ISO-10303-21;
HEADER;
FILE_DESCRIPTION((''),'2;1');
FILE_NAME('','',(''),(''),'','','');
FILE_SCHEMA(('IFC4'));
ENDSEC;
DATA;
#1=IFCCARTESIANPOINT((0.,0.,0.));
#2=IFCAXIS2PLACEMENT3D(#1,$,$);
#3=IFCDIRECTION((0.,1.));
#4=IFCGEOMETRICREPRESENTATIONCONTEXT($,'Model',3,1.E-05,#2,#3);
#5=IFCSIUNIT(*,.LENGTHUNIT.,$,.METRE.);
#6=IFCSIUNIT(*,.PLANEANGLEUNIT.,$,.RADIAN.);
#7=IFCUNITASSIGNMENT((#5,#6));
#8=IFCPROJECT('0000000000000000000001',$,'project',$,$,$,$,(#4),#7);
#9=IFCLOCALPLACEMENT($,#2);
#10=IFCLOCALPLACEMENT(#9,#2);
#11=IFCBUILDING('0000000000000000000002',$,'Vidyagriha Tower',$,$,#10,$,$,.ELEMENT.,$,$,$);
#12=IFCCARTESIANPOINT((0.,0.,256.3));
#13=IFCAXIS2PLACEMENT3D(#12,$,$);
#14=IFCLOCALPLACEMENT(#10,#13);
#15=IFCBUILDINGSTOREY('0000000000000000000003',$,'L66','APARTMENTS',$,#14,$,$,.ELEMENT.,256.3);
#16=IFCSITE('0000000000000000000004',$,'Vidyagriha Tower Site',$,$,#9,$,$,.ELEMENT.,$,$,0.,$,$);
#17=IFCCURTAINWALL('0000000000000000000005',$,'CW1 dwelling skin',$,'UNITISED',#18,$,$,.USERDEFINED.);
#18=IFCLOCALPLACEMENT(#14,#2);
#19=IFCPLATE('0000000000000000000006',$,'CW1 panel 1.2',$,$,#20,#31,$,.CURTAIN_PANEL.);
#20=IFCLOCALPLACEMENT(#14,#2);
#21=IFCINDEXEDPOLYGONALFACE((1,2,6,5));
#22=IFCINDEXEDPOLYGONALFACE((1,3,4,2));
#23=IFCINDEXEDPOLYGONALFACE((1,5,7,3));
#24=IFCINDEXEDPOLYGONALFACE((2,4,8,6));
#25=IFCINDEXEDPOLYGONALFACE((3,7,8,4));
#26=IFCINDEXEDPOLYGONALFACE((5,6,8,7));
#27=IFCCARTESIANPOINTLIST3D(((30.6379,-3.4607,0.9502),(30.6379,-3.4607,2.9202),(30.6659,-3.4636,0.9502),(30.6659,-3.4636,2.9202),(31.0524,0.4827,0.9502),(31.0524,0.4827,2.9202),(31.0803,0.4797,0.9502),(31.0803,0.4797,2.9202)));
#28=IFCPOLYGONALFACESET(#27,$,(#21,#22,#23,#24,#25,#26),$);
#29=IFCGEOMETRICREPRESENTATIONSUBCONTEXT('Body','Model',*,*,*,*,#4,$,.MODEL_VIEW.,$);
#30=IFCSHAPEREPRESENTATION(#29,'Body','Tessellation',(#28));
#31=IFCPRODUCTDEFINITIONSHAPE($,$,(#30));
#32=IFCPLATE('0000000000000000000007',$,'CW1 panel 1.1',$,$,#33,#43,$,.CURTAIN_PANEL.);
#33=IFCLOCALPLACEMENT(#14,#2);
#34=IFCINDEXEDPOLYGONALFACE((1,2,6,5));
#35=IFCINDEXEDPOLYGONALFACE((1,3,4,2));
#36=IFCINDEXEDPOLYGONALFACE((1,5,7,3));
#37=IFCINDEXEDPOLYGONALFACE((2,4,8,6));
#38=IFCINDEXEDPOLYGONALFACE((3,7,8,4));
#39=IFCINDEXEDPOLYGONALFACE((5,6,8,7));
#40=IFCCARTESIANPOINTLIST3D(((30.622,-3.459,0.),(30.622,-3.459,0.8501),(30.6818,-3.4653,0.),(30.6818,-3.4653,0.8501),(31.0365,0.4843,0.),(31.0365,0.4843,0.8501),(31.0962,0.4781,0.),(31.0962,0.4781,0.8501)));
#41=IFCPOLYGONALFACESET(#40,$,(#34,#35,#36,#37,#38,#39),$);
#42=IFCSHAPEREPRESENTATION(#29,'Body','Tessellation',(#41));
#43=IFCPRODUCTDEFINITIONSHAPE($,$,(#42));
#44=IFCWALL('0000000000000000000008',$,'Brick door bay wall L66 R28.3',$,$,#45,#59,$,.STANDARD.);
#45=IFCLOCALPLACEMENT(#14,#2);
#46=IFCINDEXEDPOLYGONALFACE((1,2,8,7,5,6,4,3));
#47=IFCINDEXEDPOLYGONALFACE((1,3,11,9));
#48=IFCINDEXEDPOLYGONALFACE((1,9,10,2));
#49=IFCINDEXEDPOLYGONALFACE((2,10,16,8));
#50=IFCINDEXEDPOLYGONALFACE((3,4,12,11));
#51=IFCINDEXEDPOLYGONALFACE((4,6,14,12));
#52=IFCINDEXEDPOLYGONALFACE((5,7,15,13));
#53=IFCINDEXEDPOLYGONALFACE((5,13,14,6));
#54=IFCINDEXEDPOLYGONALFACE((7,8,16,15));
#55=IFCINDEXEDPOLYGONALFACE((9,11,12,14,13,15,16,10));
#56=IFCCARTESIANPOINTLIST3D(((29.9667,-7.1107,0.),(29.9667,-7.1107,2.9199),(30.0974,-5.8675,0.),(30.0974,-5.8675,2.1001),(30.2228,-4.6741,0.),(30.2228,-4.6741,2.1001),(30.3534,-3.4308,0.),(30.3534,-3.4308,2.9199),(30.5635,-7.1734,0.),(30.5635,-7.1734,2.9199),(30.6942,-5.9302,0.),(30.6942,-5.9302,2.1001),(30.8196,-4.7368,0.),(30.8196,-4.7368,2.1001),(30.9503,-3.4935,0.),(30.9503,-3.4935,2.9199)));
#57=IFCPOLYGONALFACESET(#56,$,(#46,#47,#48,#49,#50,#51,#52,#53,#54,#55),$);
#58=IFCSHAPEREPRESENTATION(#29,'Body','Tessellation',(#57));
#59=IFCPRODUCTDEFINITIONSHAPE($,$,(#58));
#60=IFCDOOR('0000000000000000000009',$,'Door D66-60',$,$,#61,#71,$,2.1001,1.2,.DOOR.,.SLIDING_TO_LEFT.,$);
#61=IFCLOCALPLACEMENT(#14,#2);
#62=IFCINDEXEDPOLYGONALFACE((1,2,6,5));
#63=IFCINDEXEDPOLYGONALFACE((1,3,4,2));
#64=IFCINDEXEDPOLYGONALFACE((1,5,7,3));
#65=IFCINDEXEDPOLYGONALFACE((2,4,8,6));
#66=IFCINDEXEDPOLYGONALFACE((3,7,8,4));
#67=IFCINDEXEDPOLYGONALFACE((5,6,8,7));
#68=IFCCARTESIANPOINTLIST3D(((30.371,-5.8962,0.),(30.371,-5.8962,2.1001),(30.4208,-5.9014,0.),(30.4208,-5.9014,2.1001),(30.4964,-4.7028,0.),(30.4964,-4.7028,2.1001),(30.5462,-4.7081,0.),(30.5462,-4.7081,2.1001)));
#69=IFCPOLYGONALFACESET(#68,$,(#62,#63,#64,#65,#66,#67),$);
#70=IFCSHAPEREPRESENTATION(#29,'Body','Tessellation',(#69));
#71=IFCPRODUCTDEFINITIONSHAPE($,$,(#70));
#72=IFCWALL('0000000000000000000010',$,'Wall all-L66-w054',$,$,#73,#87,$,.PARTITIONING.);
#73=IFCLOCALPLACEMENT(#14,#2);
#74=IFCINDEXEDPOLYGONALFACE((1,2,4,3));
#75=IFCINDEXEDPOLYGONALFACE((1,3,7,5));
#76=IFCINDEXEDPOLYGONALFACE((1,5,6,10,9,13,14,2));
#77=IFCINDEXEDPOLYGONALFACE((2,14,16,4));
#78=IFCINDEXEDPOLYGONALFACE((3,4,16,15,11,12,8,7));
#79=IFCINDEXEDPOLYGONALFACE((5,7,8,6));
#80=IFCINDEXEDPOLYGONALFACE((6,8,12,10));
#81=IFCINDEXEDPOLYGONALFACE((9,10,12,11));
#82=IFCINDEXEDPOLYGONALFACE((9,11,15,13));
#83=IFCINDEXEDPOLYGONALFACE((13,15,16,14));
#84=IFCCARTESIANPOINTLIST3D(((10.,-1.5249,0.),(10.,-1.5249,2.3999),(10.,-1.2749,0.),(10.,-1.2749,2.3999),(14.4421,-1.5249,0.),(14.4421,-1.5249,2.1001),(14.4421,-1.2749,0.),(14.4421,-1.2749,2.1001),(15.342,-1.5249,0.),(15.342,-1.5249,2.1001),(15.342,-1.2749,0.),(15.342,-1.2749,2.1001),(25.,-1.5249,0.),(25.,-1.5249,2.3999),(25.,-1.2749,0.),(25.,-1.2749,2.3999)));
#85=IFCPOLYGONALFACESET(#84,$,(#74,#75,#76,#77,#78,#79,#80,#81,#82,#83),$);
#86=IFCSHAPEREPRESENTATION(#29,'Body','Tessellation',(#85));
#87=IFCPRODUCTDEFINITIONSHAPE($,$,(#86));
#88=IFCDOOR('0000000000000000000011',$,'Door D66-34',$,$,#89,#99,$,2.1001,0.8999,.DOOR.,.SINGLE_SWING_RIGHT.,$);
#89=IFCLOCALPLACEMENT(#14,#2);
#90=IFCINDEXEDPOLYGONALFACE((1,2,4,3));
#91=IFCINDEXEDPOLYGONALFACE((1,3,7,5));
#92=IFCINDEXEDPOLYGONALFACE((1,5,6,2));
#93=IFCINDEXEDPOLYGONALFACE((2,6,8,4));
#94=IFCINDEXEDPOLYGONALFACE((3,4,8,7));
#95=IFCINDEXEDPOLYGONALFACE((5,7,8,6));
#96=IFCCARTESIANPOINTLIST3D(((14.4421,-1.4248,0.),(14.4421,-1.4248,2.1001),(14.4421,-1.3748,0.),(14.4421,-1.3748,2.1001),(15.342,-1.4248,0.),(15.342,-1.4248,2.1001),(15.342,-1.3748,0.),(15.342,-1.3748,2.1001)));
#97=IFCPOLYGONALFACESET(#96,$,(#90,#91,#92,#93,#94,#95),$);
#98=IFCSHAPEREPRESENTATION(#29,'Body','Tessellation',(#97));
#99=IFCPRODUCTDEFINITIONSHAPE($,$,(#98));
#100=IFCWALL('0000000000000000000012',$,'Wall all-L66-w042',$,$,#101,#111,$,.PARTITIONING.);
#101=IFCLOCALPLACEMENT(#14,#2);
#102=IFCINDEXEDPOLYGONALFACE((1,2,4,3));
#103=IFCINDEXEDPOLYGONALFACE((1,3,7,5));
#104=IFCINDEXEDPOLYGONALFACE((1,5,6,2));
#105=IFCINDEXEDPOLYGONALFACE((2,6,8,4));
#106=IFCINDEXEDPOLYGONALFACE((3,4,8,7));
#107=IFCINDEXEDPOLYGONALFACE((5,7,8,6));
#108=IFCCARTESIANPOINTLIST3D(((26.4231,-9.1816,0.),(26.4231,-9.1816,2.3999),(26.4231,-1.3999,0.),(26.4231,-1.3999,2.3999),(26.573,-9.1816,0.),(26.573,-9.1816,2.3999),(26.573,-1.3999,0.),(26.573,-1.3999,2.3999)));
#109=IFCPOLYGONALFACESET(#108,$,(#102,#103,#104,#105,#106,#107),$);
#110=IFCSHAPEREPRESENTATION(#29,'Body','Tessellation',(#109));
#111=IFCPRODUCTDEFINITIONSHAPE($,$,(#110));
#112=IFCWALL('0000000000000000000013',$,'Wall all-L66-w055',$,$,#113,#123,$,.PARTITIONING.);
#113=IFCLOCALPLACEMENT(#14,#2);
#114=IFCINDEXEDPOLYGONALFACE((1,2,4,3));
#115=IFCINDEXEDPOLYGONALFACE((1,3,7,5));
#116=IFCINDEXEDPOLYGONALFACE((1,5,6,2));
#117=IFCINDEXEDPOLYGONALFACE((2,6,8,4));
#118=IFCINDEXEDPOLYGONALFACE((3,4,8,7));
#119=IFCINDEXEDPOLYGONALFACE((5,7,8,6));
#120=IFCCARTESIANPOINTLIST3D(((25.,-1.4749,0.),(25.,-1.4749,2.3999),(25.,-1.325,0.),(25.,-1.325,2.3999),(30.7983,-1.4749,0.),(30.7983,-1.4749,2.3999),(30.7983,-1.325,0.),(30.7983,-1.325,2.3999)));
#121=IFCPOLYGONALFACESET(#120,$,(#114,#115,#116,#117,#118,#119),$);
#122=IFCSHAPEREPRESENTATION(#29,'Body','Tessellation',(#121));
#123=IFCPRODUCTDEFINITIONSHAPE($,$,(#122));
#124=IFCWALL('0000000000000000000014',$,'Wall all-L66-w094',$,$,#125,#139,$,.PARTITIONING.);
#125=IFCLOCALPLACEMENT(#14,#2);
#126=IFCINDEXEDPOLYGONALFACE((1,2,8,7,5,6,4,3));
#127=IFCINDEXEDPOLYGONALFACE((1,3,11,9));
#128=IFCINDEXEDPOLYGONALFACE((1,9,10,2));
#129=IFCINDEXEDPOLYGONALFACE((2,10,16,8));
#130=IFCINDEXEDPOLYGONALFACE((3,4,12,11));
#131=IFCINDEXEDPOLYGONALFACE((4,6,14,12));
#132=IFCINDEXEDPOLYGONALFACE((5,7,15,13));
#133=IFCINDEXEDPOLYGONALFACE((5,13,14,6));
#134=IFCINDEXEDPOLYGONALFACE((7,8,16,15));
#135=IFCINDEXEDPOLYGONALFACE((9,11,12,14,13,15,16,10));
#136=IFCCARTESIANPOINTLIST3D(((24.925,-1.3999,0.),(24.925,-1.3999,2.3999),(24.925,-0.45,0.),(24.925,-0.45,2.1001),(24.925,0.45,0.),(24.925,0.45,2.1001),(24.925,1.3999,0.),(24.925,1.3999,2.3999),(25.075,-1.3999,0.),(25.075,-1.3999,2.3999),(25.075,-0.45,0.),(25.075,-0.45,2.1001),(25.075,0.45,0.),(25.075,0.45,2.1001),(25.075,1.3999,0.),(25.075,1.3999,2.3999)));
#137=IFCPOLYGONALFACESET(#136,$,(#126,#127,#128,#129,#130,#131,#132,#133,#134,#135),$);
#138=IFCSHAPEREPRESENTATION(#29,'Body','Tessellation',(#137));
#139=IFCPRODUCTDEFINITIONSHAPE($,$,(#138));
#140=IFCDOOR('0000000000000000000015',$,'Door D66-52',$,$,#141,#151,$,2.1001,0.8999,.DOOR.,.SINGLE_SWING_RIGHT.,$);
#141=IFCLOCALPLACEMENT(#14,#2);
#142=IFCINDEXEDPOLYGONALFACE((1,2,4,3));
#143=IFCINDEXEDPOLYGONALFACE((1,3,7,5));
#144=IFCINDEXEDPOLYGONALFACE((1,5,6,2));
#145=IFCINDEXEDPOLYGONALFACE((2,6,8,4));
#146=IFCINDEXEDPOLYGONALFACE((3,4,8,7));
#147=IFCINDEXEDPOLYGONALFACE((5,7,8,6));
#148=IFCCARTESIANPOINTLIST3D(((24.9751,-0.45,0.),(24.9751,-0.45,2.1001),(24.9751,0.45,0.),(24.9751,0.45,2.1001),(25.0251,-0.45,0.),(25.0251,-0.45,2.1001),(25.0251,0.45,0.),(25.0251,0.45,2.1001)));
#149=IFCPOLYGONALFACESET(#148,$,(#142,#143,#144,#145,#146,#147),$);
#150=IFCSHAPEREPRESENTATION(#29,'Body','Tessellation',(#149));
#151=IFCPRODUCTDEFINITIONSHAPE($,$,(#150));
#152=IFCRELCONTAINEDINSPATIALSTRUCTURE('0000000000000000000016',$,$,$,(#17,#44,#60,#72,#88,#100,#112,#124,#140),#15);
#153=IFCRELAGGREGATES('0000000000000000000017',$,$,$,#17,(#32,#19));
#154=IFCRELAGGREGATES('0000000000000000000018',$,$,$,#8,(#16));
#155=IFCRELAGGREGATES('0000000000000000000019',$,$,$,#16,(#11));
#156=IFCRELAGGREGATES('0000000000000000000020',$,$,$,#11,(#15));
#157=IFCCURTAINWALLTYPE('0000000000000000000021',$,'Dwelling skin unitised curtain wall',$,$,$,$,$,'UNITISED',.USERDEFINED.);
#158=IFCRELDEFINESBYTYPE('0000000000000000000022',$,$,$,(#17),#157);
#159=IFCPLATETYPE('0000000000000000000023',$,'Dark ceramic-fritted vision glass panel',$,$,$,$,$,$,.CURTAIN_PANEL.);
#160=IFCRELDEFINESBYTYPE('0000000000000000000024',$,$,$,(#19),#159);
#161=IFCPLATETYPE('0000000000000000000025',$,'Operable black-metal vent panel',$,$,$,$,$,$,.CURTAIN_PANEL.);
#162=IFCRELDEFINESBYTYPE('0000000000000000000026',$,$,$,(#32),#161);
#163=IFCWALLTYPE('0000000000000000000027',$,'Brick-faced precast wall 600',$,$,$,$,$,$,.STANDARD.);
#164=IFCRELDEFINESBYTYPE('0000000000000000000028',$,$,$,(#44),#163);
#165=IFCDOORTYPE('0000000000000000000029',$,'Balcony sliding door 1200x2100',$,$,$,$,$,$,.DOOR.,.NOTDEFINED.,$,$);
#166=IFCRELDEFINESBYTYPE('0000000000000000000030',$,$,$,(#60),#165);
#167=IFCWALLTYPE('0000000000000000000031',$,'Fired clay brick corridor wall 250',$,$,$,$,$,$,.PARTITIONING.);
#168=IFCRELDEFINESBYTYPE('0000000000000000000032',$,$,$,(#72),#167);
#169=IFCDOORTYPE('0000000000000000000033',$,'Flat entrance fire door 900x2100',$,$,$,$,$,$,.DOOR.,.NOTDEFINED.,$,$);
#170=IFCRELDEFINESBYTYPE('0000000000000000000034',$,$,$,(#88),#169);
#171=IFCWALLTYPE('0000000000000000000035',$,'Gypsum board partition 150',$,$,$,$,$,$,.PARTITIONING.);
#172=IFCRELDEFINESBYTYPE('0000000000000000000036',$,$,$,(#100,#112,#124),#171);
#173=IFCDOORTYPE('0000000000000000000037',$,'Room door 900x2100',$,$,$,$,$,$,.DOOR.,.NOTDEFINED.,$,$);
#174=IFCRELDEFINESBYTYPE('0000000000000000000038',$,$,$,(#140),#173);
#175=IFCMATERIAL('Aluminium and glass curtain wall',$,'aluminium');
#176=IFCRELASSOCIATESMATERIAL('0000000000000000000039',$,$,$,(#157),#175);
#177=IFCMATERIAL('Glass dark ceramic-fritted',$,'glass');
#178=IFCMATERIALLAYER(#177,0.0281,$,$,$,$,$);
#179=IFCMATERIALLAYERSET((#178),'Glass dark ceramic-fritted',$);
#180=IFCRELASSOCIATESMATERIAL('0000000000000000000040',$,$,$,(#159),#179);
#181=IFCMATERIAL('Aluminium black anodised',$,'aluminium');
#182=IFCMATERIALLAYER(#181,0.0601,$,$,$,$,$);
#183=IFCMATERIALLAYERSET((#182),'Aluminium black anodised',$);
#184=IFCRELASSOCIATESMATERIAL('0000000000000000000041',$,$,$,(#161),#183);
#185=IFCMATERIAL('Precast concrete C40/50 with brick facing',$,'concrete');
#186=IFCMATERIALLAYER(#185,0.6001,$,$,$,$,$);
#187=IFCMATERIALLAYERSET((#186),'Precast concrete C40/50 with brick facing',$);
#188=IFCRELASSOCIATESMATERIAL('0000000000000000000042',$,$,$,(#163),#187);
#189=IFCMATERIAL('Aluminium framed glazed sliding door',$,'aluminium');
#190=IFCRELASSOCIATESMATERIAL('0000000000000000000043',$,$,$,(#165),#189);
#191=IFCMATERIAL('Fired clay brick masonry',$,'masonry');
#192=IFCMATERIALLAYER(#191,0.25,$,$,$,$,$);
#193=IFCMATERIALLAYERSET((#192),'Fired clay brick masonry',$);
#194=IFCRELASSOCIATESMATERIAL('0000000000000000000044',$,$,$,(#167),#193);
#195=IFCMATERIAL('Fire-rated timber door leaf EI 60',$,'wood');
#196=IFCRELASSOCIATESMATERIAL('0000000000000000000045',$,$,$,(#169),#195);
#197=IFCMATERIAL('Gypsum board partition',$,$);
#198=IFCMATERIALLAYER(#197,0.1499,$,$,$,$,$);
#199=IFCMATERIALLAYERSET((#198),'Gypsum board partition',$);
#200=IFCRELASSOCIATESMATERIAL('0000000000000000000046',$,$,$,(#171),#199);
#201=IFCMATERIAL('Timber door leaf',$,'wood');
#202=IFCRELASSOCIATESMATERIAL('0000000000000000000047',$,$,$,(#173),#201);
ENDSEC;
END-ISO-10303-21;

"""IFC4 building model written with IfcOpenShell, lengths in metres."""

from ifc_helpers import new_model, si_unit, direction, frame, frame_2d, origin, origin_2d, place, context, subcontext, project, spatial, rectangle, extrude, material, layer, layer_set, type_object, element, fill, aggregate, save


model = new_model("IFC4")

# Units and contexts
model_context = context("Model", 3, precision=1e-05, world=origin(), true_north=direction((0.0, 1.0)))
body_context = subcontext(model_context, "Body", "Model", "MODEL_VIEW")
ifc_project = project(units=[si_unit("LENGTHUNIT", "METRE"), si_unit("PLANEANGLEUNIT", "RADIAN")], contexts=[model_context])

# Site, building, storey
site_placement = place(None, origin())
site = spatial("IfcSite", under=ifc_project, at=site_placement, Name="Vidyagriha Tower Site", CompositionType="ELEMENT", RefElevation=0.0)
building_placement = place(site_placement, origin())
building = spatial("IfcBuilding", under=site, at=building_placement, Name="Vidyagriha Tower", CompositionType="ELEMENT")
storey_placement = place(building_placement, frame((0.0, 0.0, 256.3)))
storey = spatial("IfcBuildingStorey", under=building, at=storey_placement, Name="L66", Description="APARTMENTS", CompositionType="ELEMENT", Elevation=256.3)

# Curtain wall
ifc_material_1 = material(Name="Aluminium and glass curtain wall", Category="aluminium")
curtain_wall_type = type_object("IfcCurtainWallType", Name="Dwelling skin unitised curtain wall", ElementType="UNITISED", PredefinedType="USERDEFINED", material=ifc_material_1)
curtain_wall_1_placement = place(storey_placement, origin())
curtain_wall_1 = element("IfcCurtainWall", 1, at=curtain_wall_1_placement, inside=storey, type_object=curtain_wall_type, Name="CW1 dwelling skin", ObjectType="UNITISED", PredefinedType="USERDEFINED")

# Shared definitions
ifc_material_2 = material(Name="Glass dark ceramic-fritted", Category="glass")
ifc_layer_1 = layer(ifc_material_2, 0.0281)
ifc_layer_set_1 = layer_set([ifc_layer_1], Name="Glass dark ceramic-fritted")
plate_type_1 = type_object("IfcPlateType", Name="Dark ceramic-fritted vision glass panel", PredefinedType="CURTAIN_PANEL", material=ifc_layer_set_1)

# Plates
plate_1_placement = place(storey_placement, frame((30.8591, -1.4905, 0.9502), z_axis=(0.0, 0.0, 1.0), x_axis=(0.10453, 0.994522, 0.0)))
plate_1 = element("IfcPlate", 2, at=plate_1_placement, type_object=plate_type_1, Name="CW1 panel 1.2", PredefinedType="CURTAIN_PANEL", context=body_context, shape_type="SweptSolid", body=[
    extrude(rectangle(XDim=3.9651, YDim=0.0281, at=origin_2d()), origin(), (0.0, 0.0, 1.0), 1.97),
])
ifc_material_3 = material(Name="Aluminium black anodised", Category="aluminium")
ifc_layer_2 = layer(ifc_material_3, 0.0601)
ifc_layer_set_2 = layer_set([ifc_layer_2], Name="Aluminium black anodised")
plate_type_2 = type_object("IfcPlateType", Name="Operable black-metal vent panel", PredefinedType="CURTAIN_PANEL", material=ifc_layer_set_2)
plate_2_placement = place(storey_placement, frame((30.8591, -1.4905, 0.0), z_axis=(0.0, 0.0, 1.0), x_axis=(0.10453, 0.994522, 0.0)))
plate_2 = element("IfcPlate", 3, at=plate_2_placement, type_object=plate_type_2, Name="CW1 panel 1.1", PredefinedType="CURTAIN_PANEL", context=body_context, shape_type="SweptSolid", body=[
    extrude(rectangle(XDim=3.9651, YDim=0.0601, at=origin_2d()), origin(), (0.0, 0.0, 1.0), 0.8501),
])
aggregate(curtain_wall_1, [plate_2, plate_1])

# Walls, openings, doors
ifc_material_4 = material(Name="Precast concrete C40/50 with brick facing", Category="concrete")
ifc_layer_3 = layer(ifc_material_4, 0.6001)
ifc_layer_set_3 = layer_set([ifc_layer_3], Name="Precast concrete C40/50 with brick facing")
wall_type_1 = type_object("IfcWallType", Name="Brick-faced precast wall 600", PredefinedType="STANDARD", material=ifc_layer_set_3)
wall_1_placement = place(storey_placement, frame((30.2651, -7.1421, 0.0), z_axis=(0.0, 0.0, 1.0), x_axis=(0.104513, 0.994524, 0.0)))
wall_1 = element("IfcWall", 4, at=wall_1_placement, inside=storey, type_object=wall_type_1, Name="Brick door bay wall L66 R28.3", PredefinedType="STANDARD", context=body_context, shape_type="SweptSolid", body=[
    extrude(rectangle(XDim=3.7002, YDim=0.6001, at=frame_2d((1.8501, 0.0))), origin(), (0.0, 0.0, 1.0), 2.9199),
])
opening_1_placement = place(wall_1_placement, frame((1.25, 0.0, 0.0)))
opening_1 = element("IfcOpeningElement", 5, at=opening_1_placement, cuts=wall_1, PredefinedType="OPENING", context=body_context, shape_type="SweptSolid", body=[
    extrude(rectangle(XDim=1.2, YDim=2.1001, at=frame_2d((0.6001, 1.05))), frame((0.0, 0.3101, 0.0), z_axis=(0.0, -1.0, 0.0), x_axis=(1.0, 0.0, 0.0)), (0.0, 0.0, 1.0), 0.6201),
])
ifc_material_5 = material(Name="Aluminium framed glazed sliding door", Category="aluminium")
door_type_1 = type_object("IfcDoorType", Name="Balcony sliding door 1200x2100", OperationType="NOTDEFINED", PredefinedType="DOOR", material=ifc_material_5)
door_1_placement = place(opening_1_placement, origin())
door_1 = element("IfcDoor", 6, at=door_1_placement, inside=storey, type_object=door_type_1, Name="Door D66-60", OperationType="SLIDING_TO_LEFT", OverallHeight=2.1001, OverallWidth=1.2, PredefinedType="DOOR", context=body_context, shape_type="SweptSolid", body=[
    extrude(rectangle(XDim=1.2, YDim=2.1001, at=frame_2d((0.6001, 1.05))), frame((0.0, 0.0249, 0.0), z_axis=(0.0, -1.0, 0.0), x_axis=(1.0, 0.0, 0.0)), (0.0, 0.0, 1.0), 0.05),
])
fill(opening_1, door_1)
ifc_material_6 = material(Name="Fired clay brick masonry", Category="masonry")
ifc_layer_4 = layer(ifc_material_6, 0.25)
ifc_layer_set_4 = layer_set([ifc_layer_4], Name="Fired clay brick masonry")
wall_type_2 = type_object("IfcWallType", Name="Fired clay brick corridor wall 250", PredefinedType="PARTITIONING", material=ifc_layer_set_4)
wall_2_placement = place(storey_placement, frame((25.0, -1.3999, 0.0), z_axis=(0.0, 0.0, 1.0), x_axis=(-1.0, 0.0, 0.0)))
wall_2 = element("IfcWall", 7, at=wall_2_placement, inside=storey, type_object=wall_type_2, Name="Wall all-L66-w054", PredefinedType="PARTITIONING", context=body_context, shape_type="SweptSolid", body=[
    extrude(rectangle(XDim=15.0, YDim=0.25, at=frame_2d((7.5, 0.0))), origin(), (0.0, 0.0, 1.0), 2.3999),
])
opening_2_placement = place(wall_2_placement, frame((9.658, 0.0, 0.0)))
opening_2 = element("IfcOpeningElement", 8, at=opening_2_placement, cuts=wall_2, PredefinedType="OPENING", context=body_context, shape_type="SweptSolid", body=[
    extrude(rectangle(XDim=0.8999, YDim=2.1001, at=frame_2d((0.45, 1.05))), frame((0.0, 0.135, 0.0), z_axis=(0.0, -1.0, 0.0), x_axis=(1.0, 0.0, 0.0)), (0.0, 0.0, 1.0), 0.27),
])
ifc_material_7 = material(Name="Fire-rated timber door leaf EI 60", Category="wood")
door_type_2 = type_object("IfcDoorType", Name="Flat entrance fire door 900x2100", OperationType="NOTDEFINED", PredefinedType="DOOR", material=ifc_material_7)
door_2_placement = place(opening_2_placement, origin())
door_2 = element("IfcDoor", 9, at=door_2_placement, inside=storey, type_object=door_type_2, Name="Door D66-34", OperationType="SINGLE_SWING_RIGHT", OverallHeight=2.1001, OverallWidth=0.8999, PredefinedType="DOOR", context=body_context, shape_type="SweptSolid", body=[
    extrude(rectangle(XDim=0.8999, YDim=2.1001, at=frame_2d((0.45, 1.05))), frame((0.0, 0.0249, 0.0), z_axis=(0.0, -1.0, 0.0), x_axis=(1.0, 0.0, 0.0)), (0.0, 0.0, 1.0), 0.05),
])
fill(opening_2, door_2)

# Walls
ifc_material_8 = material(Name="Gypsum board partition")
ifc_layer_5 = layer(ifc_material_8, 0.1499)
ifc_layer_set_5 = layer_set([ifc_layer_5], Name="Gypsum board partition")
wall_type_3 = type_object("IfcWallType", Name="Gypsum board partition 150", PredefinedType="PARTITIONING", material=ifc_layer_set_5)
wall_3_placement = place(storey_placement, frame((26.498, -1.3999, 0.0), z_axis=(0.0, 0.0, 1.0), x_axis=(0.0, -1.0, 0.0)))
element("IfcWall", 10, at=wall_3_placement, inside=storey, type_object=wall_type_3, Name="Wall all-L66-w042", PredefinedType="PARTITIONING", context=body_context, shape_type="SweptSolid", body=[
    extrude(rectangle(XDim=7.7817, YDim=0.1499, at=frame_2d((3.8909, 0.0))), origin(), (0.0, 0.0, 1.0), 2.3999),
])
wall_4_placement = place(storey_placement, frame((30.7983, -1.3999, 0.0), z_axis=(0.0, 0.0, 1.0), x_axis=(-1.0, 0.0, 0.0)))
element("IfcWall", 11, at=wall_4_placement, inside=storey, type_object=wall_type_3, Name="Wall all-L66-w055", PredefinedType="PARTITIONING", context=body_context, shape_type="SweptSolid", body=[
    extrude(rectangle(XDim=5.7983, YDim=0.1499, at=frame_2d((2.8992, 0.0))), origin(), (0.0, 0.0, 1.0), 2.3999),
])

# Wall, opening, door
wall_5_placement = place(storey_placement, frame((25.0, -1.3999, 0.0), z_axis=(0.0, 0.0, 1.0), x_axis=(0.0, 1.0, 0.0)))
wall_5 = element("IfcWall", 12, at=wall_5_placement, inside=storey, type_object=wall_type_3, Name="Wall all-L66-w094", PredefinedType="PARTITIONING", context=body_context, shape_type="SweptSolid", body=[
    extrude(rectangle(XDim=2.7998, YDim=0.1499, at=frame_2d((1.3999, 0.0))), origin(), (0.0, 0.0, 1.0), 2.3999),
])
opening_3_placement = place(wall_5_placement, frame((0.95, 0.0, 0.0)))
opening_3 = element("IfcOpeningElement", 13, at=opening_3_placement, cuts=wall_5, PredefinedType="OPENING", context=body_context, shape_type="SweptSolid", body=[
    extrude(rectangle(XDim=0.8999, YDim=2.1001, at=frame_2d((0.45, 1.05))), frame((0.0, 0.085, 0.0), z_axis=(0.0, -1.0, 0.0), x_axis=(1.0, 0.0, 0.0)), (0.0, 0.0, 1.0), 0.1699),
])
ifc_material_9 = material(Name="Timber door leaf", Category="wood")
door_type_3 = type_object("IfcDoorType", Name="Room door 900x2100", OperationType="NOTDEFINED", PredefinedType="DOOR", material=ifc_material_9)
door_3_placement = place(opening_3_placement, origin())
door_3 = element("IfcDoor", 14, at=door_3_placement, inside=storey, type_object=door_type_3, Name="Door D66-52", OperationType="SINGLE_SWING_RIGHT", OverallHeight=2.1001, OverallWidth=0.8999, PredefinedType="DOOR", context=body_context, shape_type="SweptSolid", body=[
    extrude(rectangle(XDim=0.8999, YDim=2.1001, at=frame_2d((0.45, 1.05))), frame((0.0, 0.0249, 0.0), z_axis=(0.0, -1.0, 0.0), x_axis=(1.0, 0.0, 0.0)), (0.0, 0.0, 1.0), 0.05),
])
fill(opening_3, door_3)

save(model, "model.ifc")
